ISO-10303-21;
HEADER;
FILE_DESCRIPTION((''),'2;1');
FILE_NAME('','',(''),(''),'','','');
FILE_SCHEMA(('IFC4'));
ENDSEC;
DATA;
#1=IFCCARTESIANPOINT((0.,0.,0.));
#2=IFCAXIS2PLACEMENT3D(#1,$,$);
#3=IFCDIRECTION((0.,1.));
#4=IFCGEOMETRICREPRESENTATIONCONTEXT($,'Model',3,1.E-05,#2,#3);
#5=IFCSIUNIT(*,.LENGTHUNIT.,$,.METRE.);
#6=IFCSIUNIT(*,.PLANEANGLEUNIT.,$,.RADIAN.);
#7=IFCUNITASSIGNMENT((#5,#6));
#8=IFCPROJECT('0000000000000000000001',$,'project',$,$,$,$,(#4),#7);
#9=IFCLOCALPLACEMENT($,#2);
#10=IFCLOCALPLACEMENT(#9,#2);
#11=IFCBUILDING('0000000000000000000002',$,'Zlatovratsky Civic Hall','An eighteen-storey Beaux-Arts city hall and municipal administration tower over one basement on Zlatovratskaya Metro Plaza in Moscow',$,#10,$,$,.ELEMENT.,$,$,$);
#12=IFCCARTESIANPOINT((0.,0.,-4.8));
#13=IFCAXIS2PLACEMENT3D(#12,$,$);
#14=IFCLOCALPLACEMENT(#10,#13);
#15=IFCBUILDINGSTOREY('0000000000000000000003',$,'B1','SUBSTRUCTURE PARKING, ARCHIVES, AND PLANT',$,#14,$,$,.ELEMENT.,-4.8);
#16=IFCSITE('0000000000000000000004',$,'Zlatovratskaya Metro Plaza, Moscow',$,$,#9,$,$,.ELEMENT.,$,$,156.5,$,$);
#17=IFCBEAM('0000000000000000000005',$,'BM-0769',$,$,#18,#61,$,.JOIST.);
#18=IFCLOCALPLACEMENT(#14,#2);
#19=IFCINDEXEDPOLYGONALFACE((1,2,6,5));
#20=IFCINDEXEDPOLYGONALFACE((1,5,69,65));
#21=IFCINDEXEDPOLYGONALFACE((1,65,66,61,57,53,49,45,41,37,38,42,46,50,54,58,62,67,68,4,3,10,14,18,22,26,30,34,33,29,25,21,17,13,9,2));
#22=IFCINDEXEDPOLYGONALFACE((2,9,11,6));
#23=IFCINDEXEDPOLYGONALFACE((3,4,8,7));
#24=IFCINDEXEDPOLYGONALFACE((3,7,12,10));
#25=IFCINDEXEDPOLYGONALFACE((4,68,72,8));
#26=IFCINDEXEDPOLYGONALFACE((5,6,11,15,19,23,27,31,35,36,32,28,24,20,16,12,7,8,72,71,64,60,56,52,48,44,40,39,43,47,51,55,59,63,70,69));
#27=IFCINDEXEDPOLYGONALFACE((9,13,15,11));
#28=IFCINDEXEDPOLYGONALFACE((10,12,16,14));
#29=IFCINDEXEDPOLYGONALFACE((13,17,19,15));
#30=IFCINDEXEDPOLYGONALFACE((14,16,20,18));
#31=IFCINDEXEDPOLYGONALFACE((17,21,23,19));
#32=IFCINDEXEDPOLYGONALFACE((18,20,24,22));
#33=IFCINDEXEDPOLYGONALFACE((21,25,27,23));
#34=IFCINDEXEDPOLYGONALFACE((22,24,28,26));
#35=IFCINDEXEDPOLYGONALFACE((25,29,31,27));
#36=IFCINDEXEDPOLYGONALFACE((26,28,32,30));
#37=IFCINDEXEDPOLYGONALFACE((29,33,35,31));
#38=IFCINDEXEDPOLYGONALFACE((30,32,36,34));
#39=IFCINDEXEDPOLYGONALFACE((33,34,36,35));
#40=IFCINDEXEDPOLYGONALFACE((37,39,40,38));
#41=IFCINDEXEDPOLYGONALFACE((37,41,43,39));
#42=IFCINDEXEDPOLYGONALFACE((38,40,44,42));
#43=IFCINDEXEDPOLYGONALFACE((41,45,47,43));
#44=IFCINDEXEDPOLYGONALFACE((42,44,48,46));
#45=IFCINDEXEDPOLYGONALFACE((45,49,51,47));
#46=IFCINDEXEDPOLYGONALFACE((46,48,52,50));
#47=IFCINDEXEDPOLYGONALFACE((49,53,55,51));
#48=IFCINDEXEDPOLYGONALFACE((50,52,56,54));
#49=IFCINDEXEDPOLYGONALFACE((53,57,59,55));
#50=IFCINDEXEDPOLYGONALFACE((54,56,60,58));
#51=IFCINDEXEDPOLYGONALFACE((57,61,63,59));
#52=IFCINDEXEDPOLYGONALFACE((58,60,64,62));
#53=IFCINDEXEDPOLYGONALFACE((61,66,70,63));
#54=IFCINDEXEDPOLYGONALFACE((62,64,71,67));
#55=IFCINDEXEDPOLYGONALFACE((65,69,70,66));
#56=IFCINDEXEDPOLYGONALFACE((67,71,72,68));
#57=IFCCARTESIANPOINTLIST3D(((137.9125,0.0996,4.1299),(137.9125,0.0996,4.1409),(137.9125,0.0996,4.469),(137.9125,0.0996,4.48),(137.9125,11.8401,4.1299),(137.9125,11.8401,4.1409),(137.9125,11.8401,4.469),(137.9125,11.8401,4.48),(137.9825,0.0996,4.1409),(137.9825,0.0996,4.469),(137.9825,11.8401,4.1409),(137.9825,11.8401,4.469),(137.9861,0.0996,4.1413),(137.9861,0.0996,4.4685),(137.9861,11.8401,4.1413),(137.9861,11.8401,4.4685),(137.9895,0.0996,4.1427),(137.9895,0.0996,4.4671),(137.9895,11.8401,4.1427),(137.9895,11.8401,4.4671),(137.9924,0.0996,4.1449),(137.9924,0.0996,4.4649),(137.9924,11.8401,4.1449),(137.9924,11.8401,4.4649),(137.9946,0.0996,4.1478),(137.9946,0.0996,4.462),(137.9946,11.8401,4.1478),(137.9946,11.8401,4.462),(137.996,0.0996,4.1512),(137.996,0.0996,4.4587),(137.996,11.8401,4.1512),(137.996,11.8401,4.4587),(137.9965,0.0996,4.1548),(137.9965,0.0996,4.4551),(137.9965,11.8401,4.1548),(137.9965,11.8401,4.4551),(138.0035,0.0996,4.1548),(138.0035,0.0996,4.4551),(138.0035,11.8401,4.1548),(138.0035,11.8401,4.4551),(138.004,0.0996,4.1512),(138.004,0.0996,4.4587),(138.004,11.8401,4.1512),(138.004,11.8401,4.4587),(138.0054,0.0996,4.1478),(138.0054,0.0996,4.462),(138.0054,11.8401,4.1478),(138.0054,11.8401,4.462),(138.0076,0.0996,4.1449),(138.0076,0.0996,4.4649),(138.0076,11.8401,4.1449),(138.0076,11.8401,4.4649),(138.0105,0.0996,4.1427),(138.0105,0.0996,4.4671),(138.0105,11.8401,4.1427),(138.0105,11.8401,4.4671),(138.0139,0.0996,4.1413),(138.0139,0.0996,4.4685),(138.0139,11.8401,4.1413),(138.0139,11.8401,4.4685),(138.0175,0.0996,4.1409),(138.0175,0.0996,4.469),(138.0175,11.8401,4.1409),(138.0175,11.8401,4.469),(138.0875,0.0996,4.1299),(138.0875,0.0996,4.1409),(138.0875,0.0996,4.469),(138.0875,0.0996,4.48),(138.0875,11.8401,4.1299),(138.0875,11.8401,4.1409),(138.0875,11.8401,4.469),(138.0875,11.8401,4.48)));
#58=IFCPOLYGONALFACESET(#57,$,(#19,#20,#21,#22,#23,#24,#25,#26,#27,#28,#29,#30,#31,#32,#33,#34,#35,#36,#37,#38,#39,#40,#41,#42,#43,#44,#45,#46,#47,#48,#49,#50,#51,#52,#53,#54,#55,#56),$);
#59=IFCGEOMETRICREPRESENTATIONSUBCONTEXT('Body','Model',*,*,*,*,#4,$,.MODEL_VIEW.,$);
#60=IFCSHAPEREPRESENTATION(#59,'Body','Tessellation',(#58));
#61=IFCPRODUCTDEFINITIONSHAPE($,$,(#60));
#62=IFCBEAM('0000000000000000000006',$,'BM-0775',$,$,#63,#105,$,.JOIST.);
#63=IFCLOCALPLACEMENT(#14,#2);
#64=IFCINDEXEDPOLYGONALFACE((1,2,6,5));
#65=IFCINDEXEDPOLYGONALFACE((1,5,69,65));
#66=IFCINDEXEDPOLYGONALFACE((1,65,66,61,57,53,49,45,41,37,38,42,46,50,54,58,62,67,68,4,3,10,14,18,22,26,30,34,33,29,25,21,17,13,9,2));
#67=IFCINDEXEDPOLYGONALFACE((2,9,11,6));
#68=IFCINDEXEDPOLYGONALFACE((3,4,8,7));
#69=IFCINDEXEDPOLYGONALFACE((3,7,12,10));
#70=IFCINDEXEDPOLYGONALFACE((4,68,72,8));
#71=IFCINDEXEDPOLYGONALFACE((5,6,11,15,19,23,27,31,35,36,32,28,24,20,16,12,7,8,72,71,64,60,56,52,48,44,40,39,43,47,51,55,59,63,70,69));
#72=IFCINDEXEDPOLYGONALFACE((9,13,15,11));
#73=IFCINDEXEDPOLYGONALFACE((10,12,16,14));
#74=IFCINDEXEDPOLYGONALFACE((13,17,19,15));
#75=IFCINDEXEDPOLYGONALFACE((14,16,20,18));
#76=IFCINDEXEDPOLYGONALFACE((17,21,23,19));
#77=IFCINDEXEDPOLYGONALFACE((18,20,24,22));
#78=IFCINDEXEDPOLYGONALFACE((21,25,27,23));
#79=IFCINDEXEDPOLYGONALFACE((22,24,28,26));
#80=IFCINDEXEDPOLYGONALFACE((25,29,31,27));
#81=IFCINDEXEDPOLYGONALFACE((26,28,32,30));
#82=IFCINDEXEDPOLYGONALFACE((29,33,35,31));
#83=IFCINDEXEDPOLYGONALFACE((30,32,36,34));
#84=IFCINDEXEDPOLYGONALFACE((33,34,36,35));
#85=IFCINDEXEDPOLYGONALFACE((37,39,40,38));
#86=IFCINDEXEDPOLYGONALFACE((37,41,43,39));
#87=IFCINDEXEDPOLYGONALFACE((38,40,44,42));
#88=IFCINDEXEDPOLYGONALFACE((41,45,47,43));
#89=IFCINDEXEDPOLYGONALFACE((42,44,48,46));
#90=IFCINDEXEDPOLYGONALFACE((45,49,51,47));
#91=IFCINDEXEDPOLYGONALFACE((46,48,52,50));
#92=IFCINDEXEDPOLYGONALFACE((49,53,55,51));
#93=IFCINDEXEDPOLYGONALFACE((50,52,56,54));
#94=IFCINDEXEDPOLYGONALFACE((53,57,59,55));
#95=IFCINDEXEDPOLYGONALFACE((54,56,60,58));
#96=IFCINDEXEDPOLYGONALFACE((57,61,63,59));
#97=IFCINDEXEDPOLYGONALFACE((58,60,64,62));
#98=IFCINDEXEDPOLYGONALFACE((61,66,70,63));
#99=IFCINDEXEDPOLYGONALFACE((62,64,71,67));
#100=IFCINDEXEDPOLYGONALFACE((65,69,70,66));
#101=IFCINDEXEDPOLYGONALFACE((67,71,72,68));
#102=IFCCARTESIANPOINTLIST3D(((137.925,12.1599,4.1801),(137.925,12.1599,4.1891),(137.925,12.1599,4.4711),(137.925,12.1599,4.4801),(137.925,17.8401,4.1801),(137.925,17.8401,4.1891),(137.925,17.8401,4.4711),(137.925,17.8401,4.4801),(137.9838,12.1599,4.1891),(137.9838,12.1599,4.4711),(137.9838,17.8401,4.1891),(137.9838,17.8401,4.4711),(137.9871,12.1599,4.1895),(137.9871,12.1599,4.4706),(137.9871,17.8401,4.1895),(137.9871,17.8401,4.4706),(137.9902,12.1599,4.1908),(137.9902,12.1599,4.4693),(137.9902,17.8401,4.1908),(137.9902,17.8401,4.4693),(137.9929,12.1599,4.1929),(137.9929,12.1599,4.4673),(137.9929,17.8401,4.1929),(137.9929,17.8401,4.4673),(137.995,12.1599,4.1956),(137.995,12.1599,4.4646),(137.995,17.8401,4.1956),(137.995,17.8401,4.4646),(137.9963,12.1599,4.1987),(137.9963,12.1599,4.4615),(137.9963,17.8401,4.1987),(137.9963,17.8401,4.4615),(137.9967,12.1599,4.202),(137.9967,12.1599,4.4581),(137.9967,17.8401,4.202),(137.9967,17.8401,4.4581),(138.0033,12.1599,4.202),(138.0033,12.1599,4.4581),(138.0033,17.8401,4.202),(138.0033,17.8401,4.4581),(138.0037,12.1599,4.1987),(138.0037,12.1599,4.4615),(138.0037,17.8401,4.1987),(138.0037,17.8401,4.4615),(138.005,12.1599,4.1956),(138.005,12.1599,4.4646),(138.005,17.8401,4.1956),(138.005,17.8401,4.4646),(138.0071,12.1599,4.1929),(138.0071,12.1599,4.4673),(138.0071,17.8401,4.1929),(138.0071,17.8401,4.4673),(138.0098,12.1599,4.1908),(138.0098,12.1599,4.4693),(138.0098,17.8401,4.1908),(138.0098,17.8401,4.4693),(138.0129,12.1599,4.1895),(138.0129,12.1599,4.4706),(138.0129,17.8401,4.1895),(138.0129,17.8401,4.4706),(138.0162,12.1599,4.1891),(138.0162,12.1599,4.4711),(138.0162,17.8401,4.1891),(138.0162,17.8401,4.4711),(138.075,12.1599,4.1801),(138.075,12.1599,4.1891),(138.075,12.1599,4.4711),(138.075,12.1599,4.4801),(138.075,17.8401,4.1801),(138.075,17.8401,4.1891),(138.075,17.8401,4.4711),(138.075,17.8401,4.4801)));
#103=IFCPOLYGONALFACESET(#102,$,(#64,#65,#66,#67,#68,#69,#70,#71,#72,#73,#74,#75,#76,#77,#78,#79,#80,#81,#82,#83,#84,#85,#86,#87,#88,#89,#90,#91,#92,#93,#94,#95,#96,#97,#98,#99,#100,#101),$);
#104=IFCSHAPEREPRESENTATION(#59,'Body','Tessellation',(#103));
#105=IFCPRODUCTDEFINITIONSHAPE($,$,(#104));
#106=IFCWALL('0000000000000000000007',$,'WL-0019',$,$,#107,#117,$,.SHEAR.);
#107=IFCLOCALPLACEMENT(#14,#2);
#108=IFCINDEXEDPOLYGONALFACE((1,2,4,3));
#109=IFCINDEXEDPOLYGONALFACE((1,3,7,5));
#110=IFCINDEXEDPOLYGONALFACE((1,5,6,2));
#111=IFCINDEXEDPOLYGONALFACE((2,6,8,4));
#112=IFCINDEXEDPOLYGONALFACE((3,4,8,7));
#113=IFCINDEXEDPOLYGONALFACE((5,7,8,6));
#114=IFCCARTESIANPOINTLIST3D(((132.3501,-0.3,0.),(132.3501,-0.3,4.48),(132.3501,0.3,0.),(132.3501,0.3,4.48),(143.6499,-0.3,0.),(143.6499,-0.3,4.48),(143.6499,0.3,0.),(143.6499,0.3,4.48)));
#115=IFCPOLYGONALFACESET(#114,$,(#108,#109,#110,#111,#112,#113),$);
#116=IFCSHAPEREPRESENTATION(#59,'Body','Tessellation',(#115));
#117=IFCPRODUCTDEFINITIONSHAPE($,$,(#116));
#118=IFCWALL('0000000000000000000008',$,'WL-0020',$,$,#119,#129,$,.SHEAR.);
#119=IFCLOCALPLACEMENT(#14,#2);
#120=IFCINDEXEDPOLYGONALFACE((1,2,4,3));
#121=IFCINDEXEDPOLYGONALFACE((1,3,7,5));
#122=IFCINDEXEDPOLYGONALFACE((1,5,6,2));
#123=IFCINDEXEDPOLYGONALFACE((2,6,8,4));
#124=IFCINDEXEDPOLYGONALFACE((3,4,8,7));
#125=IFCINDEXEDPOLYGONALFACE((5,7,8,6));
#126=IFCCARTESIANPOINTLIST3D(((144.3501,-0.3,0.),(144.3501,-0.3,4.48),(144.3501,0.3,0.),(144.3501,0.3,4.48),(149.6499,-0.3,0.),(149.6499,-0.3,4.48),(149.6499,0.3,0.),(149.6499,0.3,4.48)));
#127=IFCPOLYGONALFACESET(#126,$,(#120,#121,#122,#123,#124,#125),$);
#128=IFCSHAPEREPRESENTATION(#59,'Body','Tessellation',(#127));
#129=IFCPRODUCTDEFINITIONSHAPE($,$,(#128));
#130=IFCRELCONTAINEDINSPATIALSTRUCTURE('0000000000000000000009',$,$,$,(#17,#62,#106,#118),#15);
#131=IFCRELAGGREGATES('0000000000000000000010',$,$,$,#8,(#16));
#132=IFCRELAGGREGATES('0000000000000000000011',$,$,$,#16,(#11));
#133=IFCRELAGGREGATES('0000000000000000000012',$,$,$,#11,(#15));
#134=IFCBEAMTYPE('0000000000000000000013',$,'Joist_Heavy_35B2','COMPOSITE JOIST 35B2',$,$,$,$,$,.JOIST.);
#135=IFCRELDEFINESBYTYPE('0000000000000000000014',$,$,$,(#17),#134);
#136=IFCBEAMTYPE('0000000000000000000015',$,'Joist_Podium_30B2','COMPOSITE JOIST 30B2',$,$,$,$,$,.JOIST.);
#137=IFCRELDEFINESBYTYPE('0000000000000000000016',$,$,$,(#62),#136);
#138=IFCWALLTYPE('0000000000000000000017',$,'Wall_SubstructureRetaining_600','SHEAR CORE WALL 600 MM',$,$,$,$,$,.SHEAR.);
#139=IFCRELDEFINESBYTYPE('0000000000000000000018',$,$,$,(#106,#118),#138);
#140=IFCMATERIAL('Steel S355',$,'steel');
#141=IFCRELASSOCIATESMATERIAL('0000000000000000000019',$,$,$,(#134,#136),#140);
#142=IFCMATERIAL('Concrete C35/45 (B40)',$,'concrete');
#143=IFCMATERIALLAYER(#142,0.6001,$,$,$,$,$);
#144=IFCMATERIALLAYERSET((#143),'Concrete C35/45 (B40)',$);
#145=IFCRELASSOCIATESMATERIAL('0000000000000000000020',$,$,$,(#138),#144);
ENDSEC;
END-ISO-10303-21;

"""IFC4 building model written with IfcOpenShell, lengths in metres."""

from ifc_helpers import new_model, si_unit, direction, frame, frame_2d, origin, origin_2d, place, context, subcontext, project, spatial, rectangle, i_section, extrude, material, layer, layer_set, material_profile, profile_set, type_object, element, save


model = new_model("IFC4")

# Units and contexts
model_context = context("Model", 3, precision=1e-05, world=origin(), true_north=direction((0.0, 1.0)))
body_context = subcontext(model_context, "Body", "Model", "MODEL_VIEW")
ifc_project = project(units=[si_unit("LENGTHUNIT", "METRE"), si_unit("PLANEANGLEUNIT", "RADIAN")], contexts=[model_context])

# Site, building, storey
site_placement = place(None, origin())
site = spatial("IfcSite", under=ifc_project, at=site_placement, Name="Zlatovratskaya Metro Plaza, Moscow", CompositionType="ELEMENT", RefElevation=156.5)
building_placement = place(site_placement, origin())
building = spatial("IfcBuilding", under=site, at=building_placement, Name="Zlatovratsky Civic Hall", Description="An eighteen-storey Beaux-Arts city hall and municipal administration tower over one basement on Zlatovratskaya Metro Plaza in Moscow", CompositionType="ELEMENT")
storey_placement = place(building_placement, frame((0.0, 0.0, -4.8)))
storey = spatial("IfcBuildingStorey", under=building, at=storey_placement, Name="B1", Description="SUBSTRUCTURE PARKING, ARCHIVES, AND PLANT", CompositionType="ELEMENT", Elevation=-4.8)

# Shared definitions
ifc_material_1 = material(Name="Concrete C35/45 (B40)", Category="concrete")
ifc_material_2 = material(Name="Steel S355", Category="steel")

# Beams
ifc_material_profile_1 = material_profile(ifc_material_2, i_section(OverallWidth=0.175, OverallDepth=0.3501, WebThickness=0.0071, FlangeThickness=0.011, FilletRadius=0.0139, at=origin_2d()), Name="35B2")
ifc_profile_set_1 = profile_set([ifc_material_profile_1], Name="Steel S355")
beam_type_1 = type_object("IfcBeamType", Name="Joist_Heavy_35B2", Description="COMPOSITE JOIST 35B2", PredefinedType="JOIST", material=ifc_profile_set_1)
beam_1_placement = place(storey_placement, frame((138.0, 0.0996, 4.3049), z_axis=(0.0, 1.0, 0.0), x_axis=(-1.0, 0.0, 0.0)))
element("IfcBeam", 1, at=beam_1_placement, inside=storey, type_object=beam_type_1, Name="BM-0769", PredefinedType="JOIST", context=body_context, shape_type="SweptSolid", body=[
    extrude(i_section(OverallWidth=0.175, OverallDepth=0.3501, WebThickness=0.0071, FlangeThickness=0.011, FilletRadius=0.0139, at=origin_2d()), origin(), (0.0, 0.0, 1.0), 11.7405),
])
ifc_material_profile_2 = material_profile(ifc_material_2, i_section(OverallWidth=0.1499, OverallDepth=0.3, WebThickness=0.0066, FlangeThickness=0.009, FilletRadius=0.0129, at=origin_2d()), Name="30B2")
ifc_profile_set_2 = profile_set([ifc_material_profile_2], Name="Steel S355")
beam_type_2 = type_object("IfcBeamType", Name="Joist_Podium_30B2", Description="COMPOSITE JOIST 30B2", PredefinedType="JOIST", material=ifc_profile_set_2)
beam_2_placement = place(storey_placement, frame((138.0, 12.1599, 4.3301), z_axis=(0.0, 1.0, 0.0), x_axis=(-1.0, 0.0, 0.0)))
element("IfcBeam", 2, at=beam_2_placement, inside=storey, type_object=beam_type_2, Name="BM-0775", PredefinedType="JOIST", context=body_context, shape_type="SweptSolid", body=[
    extrude(i_section(OverallWidth=0.1499, OverallDepth=0.3, WebThickness=0.0066, FlangeThickness=0.009, FilletRadius=0.0129, at=origin_2d()), origin(), (0.0, 0.0, 1.0), 5.6802),
])

# Walls
ifc_layer = layer(ifc_material_1, 0.6001)
ifc_layer_set = layer_set([ifc_layer], Name="Concrete C35/45 (B40)")
wall_type = type_object("IfcWallType", Name="Wall_SubstructureRetaining_600", Description="SHEAR CORE WALL 600 MM", PredefinedType="SHEAR", material=ifc_layer_set)
wall_1_placement = place(storey_placement, frame((132.3501, 0.0, 0.0), z_axis=(0.0, 0.0, 1.0), x_axis=(1.0, 0.0, 0.0)))
element("IfcWall", 3, at=wall_1_placement, inside=storey, type_object=wall_type, Name="WL-0019", PredefinedType="SHEAR", context=body_context, shape_type="SweptSolid", body=[
    extrude(rectangle(XDim=11.2998, YDim=0.6001, at=frame_2d((5.6499, 0.0))), origin(), (0.0, 0.0, 1.0), 4.48),
])
wall_2_placement = place(storey_placement, frame((144.3501, 0.0, 0.0), z_axis=(0.0, 0.0, 1.0), x_axis=(1.0, 0.0, 0.0)))
element("IfcWall", 4, at=wall_2_placement, inside=storey, type_object=wall_type, Name="WL-0020", PredefinedType="SHEAR", context=body_context, shape_type="SweptSolid", body=[
    extrude(rectangle(XDim=5.2998, YDim=0.6001, at=frame_2d((2.6499, 0.0))), origin(), (0.0, 0.0, 1.0), 4.48),
])

save(model, "model.ifc")
